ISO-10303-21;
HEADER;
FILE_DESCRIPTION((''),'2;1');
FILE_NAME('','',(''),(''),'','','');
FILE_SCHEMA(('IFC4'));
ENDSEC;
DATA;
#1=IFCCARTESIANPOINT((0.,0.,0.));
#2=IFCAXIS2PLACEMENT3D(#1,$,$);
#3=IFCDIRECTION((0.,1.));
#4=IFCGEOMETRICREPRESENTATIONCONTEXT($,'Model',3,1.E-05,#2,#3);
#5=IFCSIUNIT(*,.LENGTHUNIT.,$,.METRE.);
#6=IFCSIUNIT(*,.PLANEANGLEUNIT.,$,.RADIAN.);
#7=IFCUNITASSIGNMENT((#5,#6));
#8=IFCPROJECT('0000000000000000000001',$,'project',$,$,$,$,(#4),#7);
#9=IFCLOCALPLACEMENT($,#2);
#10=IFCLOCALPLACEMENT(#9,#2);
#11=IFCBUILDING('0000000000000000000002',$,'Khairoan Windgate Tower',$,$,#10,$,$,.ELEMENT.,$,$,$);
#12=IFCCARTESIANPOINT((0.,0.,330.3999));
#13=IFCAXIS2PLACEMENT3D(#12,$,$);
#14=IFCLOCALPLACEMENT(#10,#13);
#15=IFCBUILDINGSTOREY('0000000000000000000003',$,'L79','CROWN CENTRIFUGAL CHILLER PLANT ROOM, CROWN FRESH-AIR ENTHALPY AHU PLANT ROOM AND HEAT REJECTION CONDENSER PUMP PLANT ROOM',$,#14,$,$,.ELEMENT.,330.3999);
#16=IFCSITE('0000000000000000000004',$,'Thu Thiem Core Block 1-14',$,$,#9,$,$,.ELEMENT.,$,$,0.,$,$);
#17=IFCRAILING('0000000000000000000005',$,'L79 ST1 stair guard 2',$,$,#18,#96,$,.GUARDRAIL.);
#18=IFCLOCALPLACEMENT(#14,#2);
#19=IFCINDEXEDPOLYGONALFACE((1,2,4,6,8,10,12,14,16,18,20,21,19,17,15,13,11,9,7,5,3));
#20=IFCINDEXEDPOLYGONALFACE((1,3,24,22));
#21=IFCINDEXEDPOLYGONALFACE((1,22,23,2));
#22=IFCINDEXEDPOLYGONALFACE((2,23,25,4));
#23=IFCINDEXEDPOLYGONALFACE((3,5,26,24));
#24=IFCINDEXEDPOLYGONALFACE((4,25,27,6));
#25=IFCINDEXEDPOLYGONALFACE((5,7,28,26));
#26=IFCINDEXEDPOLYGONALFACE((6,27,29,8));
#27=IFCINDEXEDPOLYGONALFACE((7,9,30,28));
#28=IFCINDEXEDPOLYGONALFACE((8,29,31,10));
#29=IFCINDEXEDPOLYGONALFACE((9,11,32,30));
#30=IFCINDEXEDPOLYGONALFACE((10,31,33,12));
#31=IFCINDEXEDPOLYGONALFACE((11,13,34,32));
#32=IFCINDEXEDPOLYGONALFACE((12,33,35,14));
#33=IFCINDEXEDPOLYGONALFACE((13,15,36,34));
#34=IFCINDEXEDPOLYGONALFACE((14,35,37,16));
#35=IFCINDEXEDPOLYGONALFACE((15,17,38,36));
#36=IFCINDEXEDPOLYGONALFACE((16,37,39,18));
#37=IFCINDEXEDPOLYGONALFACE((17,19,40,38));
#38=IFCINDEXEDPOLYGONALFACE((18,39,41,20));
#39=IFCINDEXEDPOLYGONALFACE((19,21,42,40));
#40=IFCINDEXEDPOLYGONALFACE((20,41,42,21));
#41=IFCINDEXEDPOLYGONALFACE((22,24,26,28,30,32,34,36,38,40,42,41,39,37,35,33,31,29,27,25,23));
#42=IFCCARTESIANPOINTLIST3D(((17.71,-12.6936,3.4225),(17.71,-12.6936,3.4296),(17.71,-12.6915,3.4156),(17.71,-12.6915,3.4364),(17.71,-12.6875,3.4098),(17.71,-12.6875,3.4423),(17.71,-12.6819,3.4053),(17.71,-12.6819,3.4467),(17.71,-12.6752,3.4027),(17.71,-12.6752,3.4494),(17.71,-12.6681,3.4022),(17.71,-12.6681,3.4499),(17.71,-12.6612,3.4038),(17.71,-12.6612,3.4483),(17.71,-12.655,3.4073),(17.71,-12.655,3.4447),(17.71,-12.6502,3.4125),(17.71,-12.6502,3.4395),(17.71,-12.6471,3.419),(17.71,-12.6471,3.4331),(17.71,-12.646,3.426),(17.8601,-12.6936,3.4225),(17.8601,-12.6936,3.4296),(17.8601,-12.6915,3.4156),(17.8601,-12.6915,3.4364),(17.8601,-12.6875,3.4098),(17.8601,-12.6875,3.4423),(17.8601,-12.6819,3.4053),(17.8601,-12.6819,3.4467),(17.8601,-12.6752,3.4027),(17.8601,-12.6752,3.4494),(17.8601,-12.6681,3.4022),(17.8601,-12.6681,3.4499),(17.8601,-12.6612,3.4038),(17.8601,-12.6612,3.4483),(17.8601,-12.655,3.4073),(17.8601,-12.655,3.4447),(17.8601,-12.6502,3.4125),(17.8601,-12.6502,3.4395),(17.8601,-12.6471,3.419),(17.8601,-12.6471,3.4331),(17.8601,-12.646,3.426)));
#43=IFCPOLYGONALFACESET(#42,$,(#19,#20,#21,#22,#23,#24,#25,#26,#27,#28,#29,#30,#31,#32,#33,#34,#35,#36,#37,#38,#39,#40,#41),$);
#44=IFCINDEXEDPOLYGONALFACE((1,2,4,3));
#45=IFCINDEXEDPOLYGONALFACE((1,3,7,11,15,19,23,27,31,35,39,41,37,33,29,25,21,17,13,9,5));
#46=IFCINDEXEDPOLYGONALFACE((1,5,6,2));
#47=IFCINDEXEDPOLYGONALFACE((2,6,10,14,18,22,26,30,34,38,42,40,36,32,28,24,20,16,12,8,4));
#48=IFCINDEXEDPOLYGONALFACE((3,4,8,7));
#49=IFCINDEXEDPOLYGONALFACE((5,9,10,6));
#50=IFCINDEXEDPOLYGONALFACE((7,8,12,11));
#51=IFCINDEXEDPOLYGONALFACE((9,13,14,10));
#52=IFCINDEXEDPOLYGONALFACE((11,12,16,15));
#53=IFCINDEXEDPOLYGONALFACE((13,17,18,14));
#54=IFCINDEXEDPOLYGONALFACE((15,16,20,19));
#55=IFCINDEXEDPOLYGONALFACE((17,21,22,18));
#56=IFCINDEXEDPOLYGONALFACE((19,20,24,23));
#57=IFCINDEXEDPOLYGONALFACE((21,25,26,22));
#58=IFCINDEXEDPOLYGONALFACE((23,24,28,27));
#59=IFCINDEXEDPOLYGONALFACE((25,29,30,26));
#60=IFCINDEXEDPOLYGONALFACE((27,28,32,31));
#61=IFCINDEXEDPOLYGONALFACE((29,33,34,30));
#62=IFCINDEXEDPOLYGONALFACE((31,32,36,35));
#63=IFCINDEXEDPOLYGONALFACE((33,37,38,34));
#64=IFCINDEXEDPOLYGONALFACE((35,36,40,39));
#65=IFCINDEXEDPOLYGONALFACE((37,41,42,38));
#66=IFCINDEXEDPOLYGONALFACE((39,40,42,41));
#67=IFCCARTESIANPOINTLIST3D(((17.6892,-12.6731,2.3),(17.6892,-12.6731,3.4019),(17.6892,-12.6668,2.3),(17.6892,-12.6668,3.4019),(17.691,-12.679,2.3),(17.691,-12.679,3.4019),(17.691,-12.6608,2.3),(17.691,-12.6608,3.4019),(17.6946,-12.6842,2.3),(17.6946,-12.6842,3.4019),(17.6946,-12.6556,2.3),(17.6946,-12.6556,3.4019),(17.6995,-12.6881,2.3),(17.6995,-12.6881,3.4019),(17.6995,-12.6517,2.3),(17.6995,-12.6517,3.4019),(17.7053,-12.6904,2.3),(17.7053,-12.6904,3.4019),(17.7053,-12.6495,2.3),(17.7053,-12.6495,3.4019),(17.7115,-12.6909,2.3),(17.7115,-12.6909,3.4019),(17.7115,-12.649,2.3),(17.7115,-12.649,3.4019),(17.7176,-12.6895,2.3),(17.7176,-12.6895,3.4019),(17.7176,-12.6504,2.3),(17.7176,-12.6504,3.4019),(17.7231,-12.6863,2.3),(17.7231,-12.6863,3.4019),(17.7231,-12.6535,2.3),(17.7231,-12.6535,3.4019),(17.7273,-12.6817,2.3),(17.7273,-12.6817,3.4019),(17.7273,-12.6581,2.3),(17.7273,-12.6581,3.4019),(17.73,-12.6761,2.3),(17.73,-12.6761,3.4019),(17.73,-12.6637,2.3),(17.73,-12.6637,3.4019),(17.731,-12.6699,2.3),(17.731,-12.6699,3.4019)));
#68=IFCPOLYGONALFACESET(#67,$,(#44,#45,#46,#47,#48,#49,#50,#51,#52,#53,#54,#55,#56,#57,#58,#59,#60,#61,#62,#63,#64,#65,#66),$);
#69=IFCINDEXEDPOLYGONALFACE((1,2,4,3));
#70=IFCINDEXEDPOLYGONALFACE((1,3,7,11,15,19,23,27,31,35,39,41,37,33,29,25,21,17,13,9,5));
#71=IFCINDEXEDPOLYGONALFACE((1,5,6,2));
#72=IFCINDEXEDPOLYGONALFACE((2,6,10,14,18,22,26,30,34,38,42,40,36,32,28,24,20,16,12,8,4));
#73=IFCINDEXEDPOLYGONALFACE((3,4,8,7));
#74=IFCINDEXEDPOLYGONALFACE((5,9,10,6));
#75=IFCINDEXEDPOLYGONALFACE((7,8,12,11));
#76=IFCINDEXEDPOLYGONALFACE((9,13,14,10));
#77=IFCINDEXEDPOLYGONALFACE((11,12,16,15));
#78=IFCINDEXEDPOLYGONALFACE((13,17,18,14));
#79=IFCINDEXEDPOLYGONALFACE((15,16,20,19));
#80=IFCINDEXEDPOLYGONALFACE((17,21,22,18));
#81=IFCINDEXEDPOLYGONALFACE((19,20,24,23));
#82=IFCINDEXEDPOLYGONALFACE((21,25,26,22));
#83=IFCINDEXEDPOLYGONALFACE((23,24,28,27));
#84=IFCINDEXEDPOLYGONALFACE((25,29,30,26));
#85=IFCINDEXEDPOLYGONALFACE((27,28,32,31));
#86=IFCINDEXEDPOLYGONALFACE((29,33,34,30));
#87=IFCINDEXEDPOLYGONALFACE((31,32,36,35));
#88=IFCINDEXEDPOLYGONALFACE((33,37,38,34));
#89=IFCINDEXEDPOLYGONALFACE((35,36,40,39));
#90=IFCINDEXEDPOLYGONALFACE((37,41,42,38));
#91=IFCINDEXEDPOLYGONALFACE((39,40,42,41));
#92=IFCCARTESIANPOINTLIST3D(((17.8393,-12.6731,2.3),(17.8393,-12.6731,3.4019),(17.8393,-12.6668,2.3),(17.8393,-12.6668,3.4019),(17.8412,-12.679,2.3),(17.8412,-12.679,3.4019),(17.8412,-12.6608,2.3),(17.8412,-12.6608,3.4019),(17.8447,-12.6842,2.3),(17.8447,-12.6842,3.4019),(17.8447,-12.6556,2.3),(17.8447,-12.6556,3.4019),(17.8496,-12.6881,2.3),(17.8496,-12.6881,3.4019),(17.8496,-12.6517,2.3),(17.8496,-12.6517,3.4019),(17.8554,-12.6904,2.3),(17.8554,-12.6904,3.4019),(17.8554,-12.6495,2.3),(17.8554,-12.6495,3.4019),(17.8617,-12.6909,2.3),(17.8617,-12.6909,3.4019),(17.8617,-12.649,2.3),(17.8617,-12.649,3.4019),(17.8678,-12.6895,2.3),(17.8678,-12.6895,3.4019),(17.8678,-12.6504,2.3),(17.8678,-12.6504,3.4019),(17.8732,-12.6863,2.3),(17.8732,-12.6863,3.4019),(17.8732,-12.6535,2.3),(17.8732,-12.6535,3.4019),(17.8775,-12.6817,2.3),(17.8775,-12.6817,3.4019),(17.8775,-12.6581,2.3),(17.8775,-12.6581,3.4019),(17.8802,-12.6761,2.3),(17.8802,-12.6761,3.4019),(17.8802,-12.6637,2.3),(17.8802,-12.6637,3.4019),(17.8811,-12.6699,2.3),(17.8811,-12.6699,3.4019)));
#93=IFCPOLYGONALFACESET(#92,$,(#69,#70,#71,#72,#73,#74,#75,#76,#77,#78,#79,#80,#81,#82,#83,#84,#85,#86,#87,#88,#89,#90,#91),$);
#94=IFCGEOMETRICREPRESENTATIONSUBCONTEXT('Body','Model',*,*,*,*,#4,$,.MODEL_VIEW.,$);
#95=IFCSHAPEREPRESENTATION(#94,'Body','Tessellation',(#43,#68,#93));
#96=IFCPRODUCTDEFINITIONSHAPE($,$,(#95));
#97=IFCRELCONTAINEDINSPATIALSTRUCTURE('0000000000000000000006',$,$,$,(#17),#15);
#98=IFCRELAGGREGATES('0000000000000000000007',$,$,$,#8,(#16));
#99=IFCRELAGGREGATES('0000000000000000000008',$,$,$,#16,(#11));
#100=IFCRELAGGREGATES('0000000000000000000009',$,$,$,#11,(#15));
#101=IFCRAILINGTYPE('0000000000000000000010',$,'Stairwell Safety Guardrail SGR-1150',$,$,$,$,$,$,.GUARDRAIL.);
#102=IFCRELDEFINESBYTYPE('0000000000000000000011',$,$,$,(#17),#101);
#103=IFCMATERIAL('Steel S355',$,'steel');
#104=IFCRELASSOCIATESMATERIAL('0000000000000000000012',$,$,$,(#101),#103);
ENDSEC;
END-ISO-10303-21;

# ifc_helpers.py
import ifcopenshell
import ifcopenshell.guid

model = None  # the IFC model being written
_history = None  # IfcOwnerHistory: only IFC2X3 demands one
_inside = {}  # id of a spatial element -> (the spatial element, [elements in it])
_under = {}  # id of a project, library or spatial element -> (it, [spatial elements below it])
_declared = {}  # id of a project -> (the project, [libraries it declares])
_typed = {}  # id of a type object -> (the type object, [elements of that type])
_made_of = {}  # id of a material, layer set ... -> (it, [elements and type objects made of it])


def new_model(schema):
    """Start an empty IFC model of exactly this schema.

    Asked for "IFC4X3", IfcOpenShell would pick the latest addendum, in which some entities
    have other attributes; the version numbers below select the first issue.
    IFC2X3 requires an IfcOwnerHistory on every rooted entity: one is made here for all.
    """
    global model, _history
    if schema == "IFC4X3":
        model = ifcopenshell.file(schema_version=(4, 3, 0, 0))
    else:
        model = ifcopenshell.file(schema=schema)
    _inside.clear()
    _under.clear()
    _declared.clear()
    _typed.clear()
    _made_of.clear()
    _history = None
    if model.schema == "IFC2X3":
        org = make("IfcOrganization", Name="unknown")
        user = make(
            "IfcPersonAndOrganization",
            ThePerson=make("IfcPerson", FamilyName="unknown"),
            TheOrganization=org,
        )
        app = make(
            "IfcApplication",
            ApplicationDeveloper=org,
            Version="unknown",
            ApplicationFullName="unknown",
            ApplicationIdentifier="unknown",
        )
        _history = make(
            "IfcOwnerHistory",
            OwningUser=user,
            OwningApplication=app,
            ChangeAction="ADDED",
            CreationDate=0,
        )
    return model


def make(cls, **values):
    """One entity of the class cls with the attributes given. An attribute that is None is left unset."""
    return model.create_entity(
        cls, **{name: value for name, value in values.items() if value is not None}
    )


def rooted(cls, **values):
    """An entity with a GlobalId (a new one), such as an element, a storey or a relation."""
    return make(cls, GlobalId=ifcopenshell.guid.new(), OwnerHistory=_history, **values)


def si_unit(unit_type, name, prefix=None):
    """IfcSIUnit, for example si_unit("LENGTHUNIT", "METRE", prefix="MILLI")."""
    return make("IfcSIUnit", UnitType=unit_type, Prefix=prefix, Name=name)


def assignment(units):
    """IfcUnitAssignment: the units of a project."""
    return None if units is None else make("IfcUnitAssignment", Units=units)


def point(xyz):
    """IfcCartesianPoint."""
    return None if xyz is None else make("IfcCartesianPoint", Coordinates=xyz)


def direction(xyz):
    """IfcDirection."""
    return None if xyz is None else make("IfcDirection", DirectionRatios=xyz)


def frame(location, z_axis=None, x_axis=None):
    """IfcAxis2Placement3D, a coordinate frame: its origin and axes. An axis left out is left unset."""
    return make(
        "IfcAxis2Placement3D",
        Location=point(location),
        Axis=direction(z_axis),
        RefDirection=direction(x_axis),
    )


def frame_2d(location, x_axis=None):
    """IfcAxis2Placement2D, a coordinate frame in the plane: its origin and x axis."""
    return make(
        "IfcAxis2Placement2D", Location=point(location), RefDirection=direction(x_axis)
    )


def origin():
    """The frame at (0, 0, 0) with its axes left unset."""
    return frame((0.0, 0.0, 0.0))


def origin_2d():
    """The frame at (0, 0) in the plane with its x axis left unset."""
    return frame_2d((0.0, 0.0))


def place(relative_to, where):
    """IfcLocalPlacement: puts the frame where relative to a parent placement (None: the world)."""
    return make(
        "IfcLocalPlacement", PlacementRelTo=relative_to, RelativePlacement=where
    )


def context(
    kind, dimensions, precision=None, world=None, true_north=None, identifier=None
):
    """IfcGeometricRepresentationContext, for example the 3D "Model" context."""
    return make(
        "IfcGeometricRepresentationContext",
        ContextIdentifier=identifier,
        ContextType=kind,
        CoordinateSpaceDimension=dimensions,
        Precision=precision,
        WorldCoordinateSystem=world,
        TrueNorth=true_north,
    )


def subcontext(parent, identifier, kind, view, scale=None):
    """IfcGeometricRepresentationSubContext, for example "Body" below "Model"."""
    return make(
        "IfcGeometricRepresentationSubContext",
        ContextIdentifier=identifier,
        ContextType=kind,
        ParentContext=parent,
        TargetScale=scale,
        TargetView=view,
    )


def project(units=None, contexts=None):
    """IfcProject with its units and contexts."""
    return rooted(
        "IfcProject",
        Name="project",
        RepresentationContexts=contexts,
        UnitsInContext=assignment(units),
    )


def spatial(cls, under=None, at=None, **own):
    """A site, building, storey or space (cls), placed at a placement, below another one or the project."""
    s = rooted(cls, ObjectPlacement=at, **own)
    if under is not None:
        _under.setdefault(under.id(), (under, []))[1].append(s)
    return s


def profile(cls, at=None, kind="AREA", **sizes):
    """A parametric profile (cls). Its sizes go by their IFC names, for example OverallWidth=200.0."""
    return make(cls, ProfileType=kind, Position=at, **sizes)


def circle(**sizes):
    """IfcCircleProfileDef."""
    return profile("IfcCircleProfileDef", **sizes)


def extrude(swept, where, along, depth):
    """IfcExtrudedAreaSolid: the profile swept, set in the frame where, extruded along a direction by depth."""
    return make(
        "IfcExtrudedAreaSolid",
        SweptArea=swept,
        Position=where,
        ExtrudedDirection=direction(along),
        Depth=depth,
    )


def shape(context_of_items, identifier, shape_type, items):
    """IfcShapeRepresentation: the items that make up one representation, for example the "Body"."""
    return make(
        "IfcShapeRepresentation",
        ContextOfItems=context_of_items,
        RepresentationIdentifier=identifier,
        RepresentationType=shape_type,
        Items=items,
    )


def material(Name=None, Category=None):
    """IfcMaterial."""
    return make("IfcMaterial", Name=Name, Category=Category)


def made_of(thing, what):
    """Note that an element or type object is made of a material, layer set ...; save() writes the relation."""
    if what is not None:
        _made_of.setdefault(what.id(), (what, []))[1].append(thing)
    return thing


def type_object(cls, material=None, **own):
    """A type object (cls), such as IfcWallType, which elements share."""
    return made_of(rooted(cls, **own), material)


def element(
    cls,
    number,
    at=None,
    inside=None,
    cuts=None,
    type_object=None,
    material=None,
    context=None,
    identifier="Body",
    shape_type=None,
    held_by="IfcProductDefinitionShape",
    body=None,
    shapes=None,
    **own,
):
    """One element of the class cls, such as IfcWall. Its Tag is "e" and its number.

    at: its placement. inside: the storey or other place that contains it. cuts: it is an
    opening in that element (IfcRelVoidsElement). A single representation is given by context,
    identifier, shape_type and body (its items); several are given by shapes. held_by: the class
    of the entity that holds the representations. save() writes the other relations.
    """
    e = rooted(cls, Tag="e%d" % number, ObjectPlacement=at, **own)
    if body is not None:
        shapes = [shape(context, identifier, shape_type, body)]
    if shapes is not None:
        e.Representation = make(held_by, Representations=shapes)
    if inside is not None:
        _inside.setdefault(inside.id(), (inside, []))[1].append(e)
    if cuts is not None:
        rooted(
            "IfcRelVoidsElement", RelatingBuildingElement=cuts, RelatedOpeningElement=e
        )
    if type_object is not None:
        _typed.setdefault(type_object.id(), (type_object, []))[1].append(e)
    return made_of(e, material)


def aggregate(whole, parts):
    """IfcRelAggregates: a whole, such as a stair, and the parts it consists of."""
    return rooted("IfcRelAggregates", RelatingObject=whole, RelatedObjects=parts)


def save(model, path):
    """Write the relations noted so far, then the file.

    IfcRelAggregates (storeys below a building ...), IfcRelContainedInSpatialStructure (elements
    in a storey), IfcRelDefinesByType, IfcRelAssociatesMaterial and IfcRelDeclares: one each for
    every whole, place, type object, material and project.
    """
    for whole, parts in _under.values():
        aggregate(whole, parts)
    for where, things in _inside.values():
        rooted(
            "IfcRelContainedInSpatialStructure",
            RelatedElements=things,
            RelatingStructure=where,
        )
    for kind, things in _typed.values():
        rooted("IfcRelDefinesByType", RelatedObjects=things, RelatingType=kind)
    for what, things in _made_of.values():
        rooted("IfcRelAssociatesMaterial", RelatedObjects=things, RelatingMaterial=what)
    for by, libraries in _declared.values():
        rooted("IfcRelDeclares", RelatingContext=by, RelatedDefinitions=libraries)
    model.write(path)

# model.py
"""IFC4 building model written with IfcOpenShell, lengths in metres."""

from ifc_helpers import new_model, si_unit, direction, frame, origin, origin_2d, place, context, subcontext, project, spatial, circle, extrude, material, type_object, element, save


model = new_model("IFC4")

# Units and contexts
model_context = context("Model", 3, precision=1e-05, world=origin(), true_north=direction((0.0, 1.0)))
body_context = subcontext(model_context, "Body", "Model", "MODEL_VIEW")
ifc_project = project(units=[si_unit("LENGTHUNIT", "METRE"), si_unit("PLANEANGLEUNIT", "RADIAN")], contexts=[model_context])

# Site, building, storey
site_placement = place(None, origin())
site = spatial("IfcSite", under=ifc_project, at=site_placement, Name="Thu Thiem Core Block 1-14", CompositionType="ELEMENT", RefElevation=0.0)
building_placement = place(site_placement, origin())
building = spatial("IfcBuilding", under=site, at=building_placement, Name="Khairoan Windgate Tower", CompositionType="ELEMENT")
storey_placement = place(building_placement, frame((0.0, 0.0, 330.3999)))
storey = spatial("IfcBuildingStorey", under=building, at=storey_placement, Name="L79", Description="CROWN CENTRIFUGAL CHILLER PLANT ROOM, CROWN FRESH-AIR ENTHALPY AHU PLANT ROOM AND HEAT REJECTION CONDENSER PUMP PLANT ROOM", CompositionType="ELEMENT", Elevation=330.3999)

# Railing
ifc_material_1 = material(Name="Steel S355", Category="steel")
railing_type_1 = type_object("IfcRailingType", Name="Stairwell Safety Guardrail SGR-1150", PredefinedType="GUARDRAIL", material=ifc_material_1)
railing_1_placement = place(storey_placement, frame((17.71, -12.6699, 2.3)))
element("IfcRailing", 1, at=railing_1_placement, inside=storey, type_object=railing_type_1, Name="L79 ST1 stair guard 2", PredefinedType="GUARDRAIL", context=body_context, shape_type="SweptSolid", body=[
    extrude(circle(Radius=0.0239, at=origin_2d()), frame((0.0, 0.0, 1.126), z_axis=(1.0, 0.0, 0.0), x_axis=(0.0, 1.0, 0.0)), (0.0, 0.0, 1.0), 0.1501),
    extrude(circle(Radius=0.021, at=origin_2d()), origin(), (0.0, 0.0, 1.0), 1.1018),
    extrude(circle(Radius=0.021, at=origin_2d()), frame((0.1501, 0.0, 0.0)), (0.0, 0.0, 1.0), 1.1018),
])

save(model, "model.ifc")
